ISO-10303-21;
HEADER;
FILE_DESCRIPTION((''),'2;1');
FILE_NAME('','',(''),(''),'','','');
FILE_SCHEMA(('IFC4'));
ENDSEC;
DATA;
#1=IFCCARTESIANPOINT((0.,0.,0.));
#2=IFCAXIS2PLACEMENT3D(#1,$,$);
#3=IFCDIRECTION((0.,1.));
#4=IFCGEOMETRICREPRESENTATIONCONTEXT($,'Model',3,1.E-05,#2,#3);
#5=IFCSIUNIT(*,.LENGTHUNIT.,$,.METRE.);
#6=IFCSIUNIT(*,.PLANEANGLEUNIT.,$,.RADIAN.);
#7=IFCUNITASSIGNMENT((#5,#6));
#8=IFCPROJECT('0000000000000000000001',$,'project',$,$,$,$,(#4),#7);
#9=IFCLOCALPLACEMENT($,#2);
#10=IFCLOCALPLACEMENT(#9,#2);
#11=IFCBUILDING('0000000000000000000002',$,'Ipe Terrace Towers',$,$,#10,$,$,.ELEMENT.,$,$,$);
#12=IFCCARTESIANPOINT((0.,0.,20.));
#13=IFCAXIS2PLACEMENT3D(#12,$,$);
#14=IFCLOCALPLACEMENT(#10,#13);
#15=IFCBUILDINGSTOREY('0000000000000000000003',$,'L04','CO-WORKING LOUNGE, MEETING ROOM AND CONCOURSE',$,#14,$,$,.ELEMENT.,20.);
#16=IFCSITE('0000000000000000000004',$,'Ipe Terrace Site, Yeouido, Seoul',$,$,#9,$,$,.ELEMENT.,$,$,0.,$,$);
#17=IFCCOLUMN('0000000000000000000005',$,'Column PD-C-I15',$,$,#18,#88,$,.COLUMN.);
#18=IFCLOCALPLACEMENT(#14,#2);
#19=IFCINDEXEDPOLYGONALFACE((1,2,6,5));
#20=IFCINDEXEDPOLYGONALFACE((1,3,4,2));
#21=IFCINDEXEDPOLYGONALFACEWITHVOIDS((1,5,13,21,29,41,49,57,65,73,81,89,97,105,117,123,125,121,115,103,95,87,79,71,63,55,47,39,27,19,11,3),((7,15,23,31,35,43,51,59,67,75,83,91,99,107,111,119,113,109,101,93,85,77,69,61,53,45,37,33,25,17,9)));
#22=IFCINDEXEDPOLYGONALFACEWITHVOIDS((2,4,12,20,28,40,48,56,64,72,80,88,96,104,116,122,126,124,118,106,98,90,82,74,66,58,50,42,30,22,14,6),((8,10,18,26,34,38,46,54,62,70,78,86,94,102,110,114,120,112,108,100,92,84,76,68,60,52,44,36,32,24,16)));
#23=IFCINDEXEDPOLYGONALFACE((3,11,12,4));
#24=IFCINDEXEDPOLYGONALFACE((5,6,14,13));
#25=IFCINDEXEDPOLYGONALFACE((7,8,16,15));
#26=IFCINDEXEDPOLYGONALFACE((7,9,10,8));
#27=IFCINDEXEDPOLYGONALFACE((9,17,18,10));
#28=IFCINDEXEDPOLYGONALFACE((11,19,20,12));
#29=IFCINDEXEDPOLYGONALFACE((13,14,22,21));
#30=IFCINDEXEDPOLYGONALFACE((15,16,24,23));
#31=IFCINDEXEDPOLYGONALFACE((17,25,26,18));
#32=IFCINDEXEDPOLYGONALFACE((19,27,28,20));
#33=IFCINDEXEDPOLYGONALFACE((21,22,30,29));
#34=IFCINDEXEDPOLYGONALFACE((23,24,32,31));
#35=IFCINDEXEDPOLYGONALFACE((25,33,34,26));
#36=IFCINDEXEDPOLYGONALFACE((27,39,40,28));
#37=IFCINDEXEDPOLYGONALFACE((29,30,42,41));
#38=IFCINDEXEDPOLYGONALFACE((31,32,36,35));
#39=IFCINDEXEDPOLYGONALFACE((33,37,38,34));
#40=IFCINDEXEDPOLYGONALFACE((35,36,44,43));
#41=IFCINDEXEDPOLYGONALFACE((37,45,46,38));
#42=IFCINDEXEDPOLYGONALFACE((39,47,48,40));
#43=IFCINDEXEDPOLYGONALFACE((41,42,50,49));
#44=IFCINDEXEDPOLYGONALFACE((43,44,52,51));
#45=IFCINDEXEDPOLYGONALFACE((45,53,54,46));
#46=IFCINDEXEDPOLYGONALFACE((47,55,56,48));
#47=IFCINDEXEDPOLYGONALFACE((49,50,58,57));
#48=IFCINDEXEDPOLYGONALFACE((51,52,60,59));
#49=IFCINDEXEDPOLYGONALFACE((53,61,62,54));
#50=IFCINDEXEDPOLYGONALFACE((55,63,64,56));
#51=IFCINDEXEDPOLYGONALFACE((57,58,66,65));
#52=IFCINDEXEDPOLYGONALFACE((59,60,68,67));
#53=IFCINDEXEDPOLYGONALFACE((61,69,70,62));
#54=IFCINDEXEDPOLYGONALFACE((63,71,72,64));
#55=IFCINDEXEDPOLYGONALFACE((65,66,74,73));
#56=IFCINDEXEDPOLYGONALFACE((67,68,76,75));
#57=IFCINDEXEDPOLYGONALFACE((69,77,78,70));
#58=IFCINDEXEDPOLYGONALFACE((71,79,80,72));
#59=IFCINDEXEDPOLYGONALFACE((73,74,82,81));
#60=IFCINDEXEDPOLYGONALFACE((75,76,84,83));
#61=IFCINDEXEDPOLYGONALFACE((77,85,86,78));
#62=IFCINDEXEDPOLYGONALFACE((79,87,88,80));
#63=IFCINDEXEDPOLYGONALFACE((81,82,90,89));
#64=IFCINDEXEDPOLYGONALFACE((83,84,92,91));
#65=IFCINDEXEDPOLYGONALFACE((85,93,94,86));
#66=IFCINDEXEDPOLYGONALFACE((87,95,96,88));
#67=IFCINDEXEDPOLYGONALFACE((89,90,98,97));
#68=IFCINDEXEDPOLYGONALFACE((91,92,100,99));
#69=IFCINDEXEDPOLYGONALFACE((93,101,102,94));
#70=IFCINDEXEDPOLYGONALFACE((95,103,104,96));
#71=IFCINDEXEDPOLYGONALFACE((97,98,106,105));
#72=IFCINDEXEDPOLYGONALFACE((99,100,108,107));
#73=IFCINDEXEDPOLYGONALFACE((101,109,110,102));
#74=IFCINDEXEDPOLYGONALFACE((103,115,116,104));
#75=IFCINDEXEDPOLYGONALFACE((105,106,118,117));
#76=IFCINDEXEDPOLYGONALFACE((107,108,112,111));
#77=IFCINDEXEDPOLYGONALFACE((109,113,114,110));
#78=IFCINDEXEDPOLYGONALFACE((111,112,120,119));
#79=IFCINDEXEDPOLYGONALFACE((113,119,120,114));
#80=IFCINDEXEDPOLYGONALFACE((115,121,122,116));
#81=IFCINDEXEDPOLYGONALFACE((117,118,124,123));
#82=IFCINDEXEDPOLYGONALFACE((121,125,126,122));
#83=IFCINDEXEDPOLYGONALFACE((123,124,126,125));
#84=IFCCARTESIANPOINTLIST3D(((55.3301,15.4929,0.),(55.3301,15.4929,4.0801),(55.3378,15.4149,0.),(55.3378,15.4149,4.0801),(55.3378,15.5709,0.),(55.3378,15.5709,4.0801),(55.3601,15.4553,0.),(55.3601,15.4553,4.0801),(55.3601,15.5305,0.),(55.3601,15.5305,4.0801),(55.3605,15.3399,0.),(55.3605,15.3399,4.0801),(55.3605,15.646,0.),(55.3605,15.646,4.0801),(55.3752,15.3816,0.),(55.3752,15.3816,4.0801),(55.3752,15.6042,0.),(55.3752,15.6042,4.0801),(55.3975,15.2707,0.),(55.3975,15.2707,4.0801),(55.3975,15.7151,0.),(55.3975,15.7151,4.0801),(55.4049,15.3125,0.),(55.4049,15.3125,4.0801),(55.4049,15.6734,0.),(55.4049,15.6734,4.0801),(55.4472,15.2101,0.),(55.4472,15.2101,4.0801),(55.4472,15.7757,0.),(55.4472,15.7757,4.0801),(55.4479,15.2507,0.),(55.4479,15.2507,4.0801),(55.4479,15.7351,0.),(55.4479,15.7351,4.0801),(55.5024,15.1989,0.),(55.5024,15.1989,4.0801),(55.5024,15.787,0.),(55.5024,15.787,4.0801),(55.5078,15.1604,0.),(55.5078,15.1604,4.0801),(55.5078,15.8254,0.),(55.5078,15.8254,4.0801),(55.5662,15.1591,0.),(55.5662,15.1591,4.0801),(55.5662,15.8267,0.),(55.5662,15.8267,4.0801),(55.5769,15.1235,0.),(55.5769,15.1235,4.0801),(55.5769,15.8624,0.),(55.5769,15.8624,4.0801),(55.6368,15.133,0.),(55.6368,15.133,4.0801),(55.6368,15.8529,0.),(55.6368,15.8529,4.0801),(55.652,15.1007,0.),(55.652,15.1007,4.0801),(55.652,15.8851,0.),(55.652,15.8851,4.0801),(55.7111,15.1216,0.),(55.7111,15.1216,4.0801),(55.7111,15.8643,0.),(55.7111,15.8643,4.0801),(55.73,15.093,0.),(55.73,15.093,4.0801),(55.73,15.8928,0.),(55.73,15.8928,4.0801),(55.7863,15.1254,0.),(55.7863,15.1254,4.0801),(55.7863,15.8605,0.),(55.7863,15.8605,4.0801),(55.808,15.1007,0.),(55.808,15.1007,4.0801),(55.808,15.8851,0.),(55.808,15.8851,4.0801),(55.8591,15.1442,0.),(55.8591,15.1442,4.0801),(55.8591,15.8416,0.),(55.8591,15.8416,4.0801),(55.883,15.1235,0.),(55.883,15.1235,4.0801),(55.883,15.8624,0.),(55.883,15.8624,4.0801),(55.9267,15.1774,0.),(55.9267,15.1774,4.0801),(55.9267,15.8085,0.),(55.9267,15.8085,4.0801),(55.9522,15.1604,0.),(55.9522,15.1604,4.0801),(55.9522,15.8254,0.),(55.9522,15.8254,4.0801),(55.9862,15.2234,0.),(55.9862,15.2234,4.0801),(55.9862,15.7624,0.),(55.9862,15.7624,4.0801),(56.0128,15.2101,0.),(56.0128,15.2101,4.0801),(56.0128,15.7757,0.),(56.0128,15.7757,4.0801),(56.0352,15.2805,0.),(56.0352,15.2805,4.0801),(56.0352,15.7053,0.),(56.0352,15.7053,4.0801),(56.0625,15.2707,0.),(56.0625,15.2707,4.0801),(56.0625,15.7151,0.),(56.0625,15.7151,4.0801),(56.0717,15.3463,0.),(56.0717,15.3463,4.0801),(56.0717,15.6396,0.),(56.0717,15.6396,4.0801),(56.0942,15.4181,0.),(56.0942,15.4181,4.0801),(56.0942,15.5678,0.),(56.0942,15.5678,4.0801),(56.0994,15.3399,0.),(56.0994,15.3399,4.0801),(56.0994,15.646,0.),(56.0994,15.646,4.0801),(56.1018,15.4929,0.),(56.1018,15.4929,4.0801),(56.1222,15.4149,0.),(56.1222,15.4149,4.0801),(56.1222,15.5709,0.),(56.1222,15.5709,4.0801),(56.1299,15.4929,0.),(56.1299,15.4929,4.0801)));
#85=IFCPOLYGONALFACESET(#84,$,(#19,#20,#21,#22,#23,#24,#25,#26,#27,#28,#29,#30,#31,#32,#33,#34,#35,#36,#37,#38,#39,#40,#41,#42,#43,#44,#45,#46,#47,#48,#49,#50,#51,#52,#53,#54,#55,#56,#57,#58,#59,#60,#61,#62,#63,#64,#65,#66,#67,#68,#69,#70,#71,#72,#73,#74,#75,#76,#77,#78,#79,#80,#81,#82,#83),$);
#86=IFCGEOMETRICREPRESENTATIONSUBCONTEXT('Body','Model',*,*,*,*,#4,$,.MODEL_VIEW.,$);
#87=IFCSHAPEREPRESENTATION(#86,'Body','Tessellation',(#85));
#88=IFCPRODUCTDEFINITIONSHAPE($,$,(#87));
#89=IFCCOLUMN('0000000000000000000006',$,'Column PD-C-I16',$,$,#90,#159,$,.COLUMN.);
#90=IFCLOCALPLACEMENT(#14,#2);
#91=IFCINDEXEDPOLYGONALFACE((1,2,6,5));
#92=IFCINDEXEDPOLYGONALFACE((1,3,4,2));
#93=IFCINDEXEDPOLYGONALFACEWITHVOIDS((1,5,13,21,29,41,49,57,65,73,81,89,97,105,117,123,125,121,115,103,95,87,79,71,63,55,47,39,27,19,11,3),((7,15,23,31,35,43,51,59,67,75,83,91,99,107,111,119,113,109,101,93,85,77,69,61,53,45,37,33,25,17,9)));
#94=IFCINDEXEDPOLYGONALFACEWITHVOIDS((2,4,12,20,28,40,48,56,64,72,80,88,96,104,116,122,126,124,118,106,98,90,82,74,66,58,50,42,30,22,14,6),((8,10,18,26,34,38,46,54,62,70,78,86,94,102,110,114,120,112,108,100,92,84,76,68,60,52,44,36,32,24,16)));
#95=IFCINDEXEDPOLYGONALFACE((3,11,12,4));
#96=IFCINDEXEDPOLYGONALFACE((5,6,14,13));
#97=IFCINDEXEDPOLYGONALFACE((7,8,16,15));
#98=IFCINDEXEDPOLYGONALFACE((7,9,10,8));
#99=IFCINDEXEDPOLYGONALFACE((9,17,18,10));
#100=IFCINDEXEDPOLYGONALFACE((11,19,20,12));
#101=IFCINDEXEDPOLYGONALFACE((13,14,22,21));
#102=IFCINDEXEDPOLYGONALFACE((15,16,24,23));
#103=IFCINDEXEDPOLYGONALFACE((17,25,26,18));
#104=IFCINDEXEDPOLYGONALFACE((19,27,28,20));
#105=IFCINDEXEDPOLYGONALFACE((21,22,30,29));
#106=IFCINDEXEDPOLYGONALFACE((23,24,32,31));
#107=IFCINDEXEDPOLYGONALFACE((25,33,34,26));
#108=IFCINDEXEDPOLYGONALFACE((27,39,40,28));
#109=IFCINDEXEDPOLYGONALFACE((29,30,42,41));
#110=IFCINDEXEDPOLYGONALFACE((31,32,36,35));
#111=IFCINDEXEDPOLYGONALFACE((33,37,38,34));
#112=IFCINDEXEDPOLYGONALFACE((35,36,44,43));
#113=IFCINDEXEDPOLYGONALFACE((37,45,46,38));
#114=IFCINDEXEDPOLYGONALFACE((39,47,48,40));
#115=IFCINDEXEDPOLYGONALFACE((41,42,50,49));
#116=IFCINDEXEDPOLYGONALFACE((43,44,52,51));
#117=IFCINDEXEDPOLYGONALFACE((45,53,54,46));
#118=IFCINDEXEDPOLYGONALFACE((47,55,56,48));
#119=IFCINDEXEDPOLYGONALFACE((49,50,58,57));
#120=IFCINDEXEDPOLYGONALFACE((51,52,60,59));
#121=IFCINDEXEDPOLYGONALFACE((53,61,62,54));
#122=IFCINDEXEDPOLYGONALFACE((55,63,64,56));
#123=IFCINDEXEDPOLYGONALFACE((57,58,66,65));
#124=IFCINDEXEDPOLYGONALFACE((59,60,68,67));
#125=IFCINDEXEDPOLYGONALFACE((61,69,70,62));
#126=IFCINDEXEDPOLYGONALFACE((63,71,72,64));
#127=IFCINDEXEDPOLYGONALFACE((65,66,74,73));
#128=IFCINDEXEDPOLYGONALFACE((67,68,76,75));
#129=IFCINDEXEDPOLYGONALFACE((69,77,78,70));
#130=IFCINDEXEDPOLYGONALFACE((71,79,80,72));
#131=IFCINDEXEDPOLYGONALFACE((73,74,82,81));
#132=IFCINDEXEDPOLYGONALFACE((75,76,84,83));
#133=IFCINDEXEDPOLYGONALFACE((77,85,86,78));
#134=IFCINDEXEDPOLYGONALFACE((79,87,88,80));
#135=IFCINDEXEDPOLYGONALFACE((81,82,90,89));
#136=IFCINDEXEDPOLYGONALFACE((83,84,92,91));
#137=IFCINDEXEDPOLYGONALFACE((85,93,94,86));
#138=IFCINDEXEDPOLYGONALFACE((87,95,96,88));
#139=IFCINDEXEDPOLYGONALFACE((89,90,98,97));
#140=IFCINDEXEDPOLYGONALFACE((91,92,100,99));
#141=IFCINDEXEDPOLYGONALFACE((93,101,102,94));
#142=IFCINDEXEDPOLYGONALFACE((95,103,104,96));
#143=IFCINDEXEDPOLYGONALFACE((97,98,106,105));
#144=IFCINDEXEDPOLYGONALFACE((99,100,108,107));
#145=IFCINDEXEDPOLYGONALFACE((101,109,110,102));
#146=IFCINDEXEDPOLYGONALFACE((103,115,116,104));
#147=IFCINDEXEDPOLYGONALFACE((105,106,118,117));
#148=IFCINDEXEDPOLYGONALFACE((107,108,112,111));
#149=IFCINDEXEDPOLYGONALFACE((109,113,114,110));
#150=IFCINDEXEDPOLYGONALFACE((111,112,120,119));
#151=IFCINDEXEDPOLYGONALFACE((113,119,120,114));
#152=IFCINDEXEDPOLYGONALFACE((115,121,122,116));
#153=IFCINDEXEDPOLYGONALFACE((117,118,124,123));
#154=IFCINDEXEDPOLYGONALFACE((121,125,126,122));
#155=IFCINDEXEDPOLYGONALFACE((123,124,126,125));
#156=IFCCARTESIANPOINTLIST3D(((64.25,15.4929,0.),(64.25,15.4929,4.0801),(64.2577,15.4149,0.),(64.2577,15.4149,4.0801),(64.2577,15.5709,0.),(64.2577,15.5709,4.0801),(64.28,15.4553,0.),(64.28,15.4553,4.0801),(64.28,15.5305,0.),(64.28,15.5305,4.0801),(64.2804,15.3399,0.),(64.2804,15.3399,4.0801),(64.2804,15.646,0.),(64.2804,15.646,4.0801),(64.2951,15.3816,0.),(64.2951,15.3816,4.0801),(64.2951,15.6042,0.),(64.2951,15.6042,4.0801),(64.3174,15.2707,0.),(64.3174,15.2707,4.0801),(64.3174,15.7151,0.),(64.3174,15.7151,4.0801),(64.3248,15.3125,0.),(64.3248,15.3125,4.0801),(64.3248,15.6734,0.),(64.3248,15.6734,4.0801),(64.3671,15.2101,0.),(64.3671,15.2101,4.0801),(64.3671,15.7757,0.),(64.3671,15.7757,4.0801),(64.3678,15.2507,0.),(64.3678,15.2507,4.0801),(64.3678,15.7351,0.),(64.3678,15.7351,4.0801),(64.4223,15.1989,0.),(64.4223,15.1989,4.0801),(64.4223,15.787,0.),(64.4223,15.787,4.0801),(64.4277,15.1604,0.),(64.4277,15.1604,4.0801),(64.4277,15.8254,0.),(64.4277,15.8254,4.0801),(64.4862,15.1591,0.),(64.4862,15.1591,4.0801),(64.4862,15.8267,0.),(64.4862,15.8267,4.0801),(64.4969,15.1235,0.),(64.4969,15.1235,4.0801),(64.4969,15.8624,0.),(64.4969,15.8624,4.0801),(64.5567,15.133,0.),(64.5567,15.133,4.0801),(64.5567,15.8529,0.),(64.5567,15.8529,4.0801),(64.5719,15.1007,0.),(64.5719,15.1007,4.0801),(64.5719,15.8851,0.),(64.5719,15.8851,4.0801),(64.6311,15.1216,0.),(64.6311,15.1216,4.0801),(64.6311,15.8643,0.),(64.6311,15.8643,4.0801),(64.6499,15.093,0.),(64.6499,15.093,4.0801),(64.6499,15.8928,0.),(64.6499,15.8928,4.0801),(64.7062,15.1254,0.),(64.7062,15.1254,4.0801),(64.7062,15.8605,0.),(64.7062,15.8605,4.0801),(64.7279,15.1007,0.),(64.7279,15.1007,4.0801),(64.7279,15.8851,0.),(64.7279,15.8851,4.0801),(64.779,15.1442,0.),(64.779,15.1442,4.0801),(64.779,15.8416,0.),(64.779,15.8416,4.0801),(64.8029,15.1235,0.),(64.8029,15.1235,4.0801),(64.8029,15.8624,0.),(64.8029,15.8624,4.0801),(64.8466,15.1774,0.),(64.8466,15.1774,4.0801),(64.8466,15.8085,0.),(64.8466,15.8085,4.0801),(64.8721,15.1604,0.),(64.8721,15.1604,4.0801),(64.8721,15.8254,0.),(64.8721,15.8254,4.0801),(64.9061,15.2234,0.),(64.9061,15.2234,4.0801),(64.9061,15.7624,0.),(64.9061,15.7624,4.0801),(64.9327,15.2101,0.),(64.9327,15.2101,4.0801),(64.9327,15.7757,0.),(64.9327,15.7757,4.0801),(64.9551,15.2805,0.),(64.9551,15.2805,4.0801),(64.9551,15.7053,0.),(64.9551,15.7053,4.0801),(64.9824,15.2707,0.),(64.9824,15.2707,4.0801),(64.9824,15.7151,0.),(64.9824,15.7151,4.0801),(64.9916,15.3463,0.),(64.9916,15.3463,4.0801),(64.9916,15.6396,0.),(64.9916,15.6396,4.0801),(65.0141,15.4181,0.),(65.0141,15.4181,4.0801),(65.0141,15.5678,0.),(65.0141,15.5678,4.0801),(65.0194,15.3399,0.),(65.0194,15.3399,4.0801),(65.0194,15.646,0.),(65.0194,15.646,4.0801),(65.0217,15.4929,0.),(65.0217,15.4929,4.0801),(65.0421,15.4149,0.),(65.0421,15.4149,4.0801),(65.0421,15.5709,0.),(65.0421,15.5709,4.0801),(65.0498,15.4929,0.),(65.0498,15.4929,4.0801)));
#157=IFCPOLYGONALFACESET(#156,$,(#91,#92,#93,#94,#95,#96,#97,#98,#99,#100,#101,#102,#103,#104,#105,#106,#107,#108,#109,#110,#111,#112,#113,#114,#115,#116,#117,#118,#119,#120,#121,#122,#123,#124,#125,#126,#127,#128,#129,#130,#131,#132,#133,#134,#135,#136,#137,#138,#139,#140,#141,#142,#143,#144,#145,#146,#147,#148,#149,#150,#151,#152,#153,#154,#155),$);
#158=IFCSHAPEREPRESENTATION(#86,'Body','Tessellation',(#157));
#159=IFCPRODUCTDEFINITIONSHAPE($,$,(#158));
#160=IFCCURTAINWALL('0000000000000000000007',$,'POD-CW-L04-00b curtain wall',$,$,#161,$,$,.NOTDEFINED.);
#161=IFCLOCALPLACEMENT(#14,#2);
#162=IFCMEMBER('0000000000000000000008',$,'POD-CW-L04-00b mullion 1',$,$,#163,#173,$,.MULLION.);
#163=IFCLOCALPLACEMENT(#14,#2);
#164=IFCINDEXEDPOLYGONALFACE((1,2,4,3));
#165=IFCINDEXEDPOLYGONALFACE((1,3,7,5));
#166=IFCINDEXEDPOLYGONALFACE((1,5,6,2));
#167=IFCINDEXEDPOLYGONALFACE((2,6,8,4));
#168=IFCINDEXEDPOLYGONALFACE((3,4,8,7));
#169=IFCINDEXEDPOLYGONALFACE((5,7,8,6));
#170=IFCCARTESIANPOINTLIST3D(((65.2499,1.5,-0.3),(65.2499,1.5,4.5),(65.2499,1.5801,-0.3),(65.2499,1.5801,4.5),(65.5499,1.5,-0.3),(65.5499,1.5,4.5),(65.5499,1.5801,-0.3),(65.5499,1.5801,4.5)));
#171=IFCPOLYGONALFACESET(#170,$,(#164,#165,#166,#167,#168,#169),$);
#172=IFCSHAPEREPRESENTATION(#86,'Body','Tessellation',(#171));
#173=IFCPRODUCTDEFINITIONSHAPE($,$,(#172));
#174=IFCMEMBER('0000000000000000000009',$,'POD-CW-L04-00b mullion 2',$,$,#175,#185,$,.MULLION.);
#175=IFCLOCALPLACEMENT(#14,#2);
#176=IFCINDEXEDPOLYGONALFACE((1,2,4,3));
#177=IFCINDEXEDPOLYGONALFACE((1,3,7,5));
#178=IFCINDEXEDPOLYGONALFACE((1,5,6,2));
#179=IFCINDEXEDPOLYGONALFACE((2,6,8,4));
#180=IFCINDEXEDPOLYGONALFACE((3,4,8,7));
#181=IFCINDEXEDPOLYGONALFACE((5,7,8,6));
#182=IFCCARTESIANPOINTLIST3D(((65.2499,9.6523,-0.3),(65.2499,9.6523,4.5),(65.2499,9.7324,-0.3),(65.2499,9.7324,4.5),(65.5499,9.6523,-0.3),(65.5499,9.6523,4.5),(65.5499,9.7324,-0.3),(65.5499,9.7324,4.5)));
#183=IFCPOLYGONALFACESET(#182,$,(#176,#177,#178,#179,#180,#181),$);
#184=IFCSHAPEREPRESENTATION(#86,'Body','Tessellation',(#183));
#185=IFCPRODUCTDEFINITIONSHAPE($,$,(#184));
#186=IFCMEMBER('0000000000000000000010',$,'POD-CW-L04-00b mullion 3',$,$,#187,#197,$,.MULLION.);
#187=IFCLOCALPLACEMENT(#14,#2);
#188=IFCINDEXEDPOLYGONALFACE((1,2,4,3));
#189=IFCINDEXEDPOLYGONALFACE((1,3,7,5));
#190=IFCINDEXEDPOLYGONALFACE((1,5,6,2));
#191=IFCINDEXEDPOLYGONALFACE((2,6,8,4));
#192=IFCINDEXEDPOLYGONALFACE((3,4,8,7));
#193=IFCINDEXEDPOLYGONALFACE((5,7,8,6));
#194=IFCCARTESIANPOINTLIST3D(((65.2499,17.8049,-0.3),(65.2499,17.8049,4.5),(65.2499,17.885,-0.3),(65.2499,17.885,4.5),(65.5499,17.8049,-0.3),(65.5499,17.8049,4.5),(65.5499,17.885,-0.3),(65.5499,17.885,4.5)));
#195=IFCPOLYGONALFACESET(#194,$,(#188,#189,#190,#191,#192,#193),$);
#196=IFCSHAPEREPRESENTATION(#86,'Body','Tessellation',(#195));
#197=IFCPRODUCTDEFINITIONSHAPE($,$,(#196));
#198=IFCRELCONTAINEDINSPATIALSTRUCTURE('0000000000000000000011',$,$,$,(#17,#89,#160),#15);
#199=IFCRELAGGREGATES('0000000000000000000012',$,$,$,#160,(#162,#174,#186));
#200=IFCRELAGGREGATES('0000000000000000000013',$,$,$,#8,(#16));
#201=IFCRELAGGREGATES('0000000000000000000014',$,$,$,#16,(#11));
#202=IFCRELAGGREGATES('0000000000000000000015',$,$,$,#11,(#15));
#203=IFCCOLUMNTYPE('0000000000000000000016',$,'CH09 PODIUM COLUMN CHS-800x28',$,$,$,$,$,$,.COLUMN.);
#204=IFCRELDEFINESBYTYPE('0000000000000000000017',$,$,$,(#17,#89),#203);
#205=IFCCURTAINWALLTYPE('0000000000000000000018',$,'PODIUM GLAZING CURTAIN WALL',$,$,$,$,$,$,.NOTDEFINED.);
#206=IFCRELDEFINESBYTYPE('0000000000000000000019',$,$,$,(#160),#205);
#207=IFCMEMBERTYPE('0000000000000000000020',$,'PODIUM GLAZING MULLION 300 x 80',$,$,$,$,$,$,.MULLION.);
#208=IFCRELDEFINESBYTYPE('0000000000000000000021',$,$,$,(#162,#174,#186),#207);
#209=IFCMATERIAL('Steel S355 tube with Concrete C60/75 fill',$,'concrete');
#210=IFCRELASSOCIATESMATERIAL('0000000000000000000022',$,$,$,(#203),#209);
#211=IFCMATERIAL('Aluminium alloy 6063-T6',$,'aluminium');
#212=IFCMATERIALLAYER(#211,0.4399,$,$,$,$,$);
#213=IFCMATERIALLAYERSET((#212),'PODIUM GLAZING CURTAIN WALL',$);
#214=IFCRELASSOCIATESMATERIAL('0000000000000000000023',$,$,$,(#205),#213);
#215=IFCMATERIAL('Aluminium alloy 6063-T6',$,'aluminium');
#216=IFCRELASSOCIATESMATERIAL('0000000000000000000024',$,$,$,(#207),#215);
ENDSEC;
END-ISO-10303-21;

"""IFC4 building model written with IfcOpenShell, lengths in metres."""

from ifc_helpers import new_model, si_unit, direction, frame, origin, origin_2d, place, context, subcontext, project, spatial, rectangle, hollow_circle, extrude, material, layer, layer_set, material_profile, profile_set, type_object, element, aggregate, save


model = new_model("IFC4")

# Units and contexts
model_context = context("Model", 3, precision=1e-05, world=origin(), true_north=direction((0.0, 1.0)))
body_context = subcontext(model_context, "Body", "Model", "MODEL_VIEW")
ifc_project = project(units=[si_unit("LENGTHUNIT", "METRE"), si_unit("PLANEANGLEUNIT", "RADIAN")], contexts=[model_context])

# Site, building, storey
site_placement = place(None, origin())
site = spatial("IfcSite", under=ifc_project, at=site_placement, Name="Ipe Terrace Site, Yeouido, Seoul", CompositionType="ELEMENT", RefElevation=0.0)
building_placement = place(site_placement, origin())
building = spatial("IfcBuilding", under=site, at=building_placement, Name="Ipe Terrace Towers", CompositionType="ELEMENT")
storey_placement = place(building_placement, frame((0.0, 0.0, 20.0)))
storey = spatial("IfcBuildingStorey", under=building, at=storey_placement, Name="L04", Description="CO-WORKING LOUNGE, MEETING ROOM AND CONCOURSE", CompositionType="ELEMENT", Elevation=20.0)

# Columns
ifc_material_1 = material(Name="Steel S355 tube with Concrete C60/75 fill", Category="concrete")
ifc_material_profile_1 = material_profile(ifc_material_1, hollow_circle(Radius=0.3999, WallThickness=0.0281, at=origin_2d()), Name="CHS-800x28")
ifc_profile_set_1 = profile_set([ifc_material_profile_1], Name="Steel S355 tube with Concrete C60/75 fill")
column_type_1 = type_object("IfcColumnType", Name="CH09 PODIUM COLUMN CHS-800x28", PredefinedType="COLUMN", material=ifc_profile_set_1)
for number, where, z_axis, x_axis, name in (
    (1, (55.73, 15.4929, 0.0), (0.0, 0.0, 1.0), (1.0, 0.0, 0.0), "Column PD-C-I15"),
    (2, (64.6499, 15.4929, 0.0), (0.0, 0.0, 1.0), (1.0, 0.0, 0.0), "Column PD-C-I16"),
):
    element("IfcColumn", number, at=place(storey_placement, frame(where, z_axis=z_axis, x_axis=x_axis)), inside=storey, type_object=column_type_1, Name=name, PredefinedType="COLUMN", context=body_context, shape_type="SweptSolid", body=[
        extrude(hollow_circle(Radius=0.3999, WallThickness=0.0281, at=origin_2d()), origin(), (0.0, 0.0, 1.0), 4.0801),
    ])

# Curtain wall, members
ifc_material_2 = material(Name="Aluminium alloy 6063-T6", Category="aluminium")
ifc_layer_1 = layer(ifc_material_2, 0.4399)
ifc_layer_set_1 = layer_set([ifc_layer_1], Name="PODIUM GLAZING CURTAIN WALL")
curtain_wall_type = type_object("IfcCurtainWallType", Name="PODIUM GLAZING CURTAIN WALL", PredefinedType="NOTDEFINED", material=ifc_layer_set_1)
curtain_wall_placement = place(storey_placement, origin())
curtain_wall = element("IfcCurtainWall", 3, at=curtain_wall_placement, inside=storey, type_object=curtain_wall_type, Name="POD-CW-L04-00b curtain wall", PredefinedType="NOTDEFINED")
ifc_material_3 = material(Name="Aluminium alloy 6063-T6", Category="aluminium")
ifc_material_profile_2 = material_profile(ifc_material_3, rectangle(XDim=0.3, YDim=0.0801, at=origin_2d()), Name="PODIUM GLAZING MULLION 300 x 80")
ifc_profile_set_2 = profile_set([ifc_material_profile_2], Name="Aluminium alloy 6063-T6")
member_type_1 = type_object("IfcMemberType", Name="PODIUM GLAZING MULLION 300 x 80", PredefinedType="MULLION", material=ifc_profile_set_2)
member_1_placement = place(storey_placement, frame((65.3999, 1.54, -0.3), z_axis=(0.0, 0.0, 1.0), x_axis=(1.0, 0.0, 0.0)))
member_1 = element("IfcMember", 4, at=member_1_placement, type_object=member_type_1, Name="POD-CW-L04-00b mullion 1", PredefinedType="MULLION", context=body_context, shape_type="SweptSolid", body=[
    extrude(rectangle(XDim=0.3, YDim=0.0801, at=origin_2d()), origin(), (0.0, 0.0, 1.0), 4.8),
])
member_2_placement = place(storey_placement, frame((65.3999, 9.6924, -0.3), z_axis=(0.0, 0.0, 1.0), x_axis=(1.0, 0.0, 0.0)))
member_2 = element("IfcMember", 5, at=member_2_placement, type_object=member_type_1, Name="POD-CW-L04-00b mullion 2", PredefinedType="MULLION", context=body_context, shape_type="SweptSolid", body=[
    extrude(rectangle(XDim=0.3, YDim=0.0801, at=origin_2d()), origin(), (0.0, 0.0, 1.0), 4.8),
])
member_3_placement = place(storey_placement, frame((65.3999, 17.845, -0.3), z_axis=(0.0, 0.0, 1.0), x_axis=(1.0, 0.0, 0.0)))
member_3 = element("IfcMember", 6, at=member_3_placement, type_object=member_type_1, Name="POD-CW-L04-00b mullion 3", PredefinedType="MULLION", context=body_context, shape_type="SweptSolid", body=[
    extrude(rectangle(XDim=0.3, YDim=0.0801, at=origin_2d()), origin(), (0.0, 0.0, 1.0), 4.8),
])
aggregate(curtain_wall, [member_1, member_2, member_3])

save(model, "model.ifc")
